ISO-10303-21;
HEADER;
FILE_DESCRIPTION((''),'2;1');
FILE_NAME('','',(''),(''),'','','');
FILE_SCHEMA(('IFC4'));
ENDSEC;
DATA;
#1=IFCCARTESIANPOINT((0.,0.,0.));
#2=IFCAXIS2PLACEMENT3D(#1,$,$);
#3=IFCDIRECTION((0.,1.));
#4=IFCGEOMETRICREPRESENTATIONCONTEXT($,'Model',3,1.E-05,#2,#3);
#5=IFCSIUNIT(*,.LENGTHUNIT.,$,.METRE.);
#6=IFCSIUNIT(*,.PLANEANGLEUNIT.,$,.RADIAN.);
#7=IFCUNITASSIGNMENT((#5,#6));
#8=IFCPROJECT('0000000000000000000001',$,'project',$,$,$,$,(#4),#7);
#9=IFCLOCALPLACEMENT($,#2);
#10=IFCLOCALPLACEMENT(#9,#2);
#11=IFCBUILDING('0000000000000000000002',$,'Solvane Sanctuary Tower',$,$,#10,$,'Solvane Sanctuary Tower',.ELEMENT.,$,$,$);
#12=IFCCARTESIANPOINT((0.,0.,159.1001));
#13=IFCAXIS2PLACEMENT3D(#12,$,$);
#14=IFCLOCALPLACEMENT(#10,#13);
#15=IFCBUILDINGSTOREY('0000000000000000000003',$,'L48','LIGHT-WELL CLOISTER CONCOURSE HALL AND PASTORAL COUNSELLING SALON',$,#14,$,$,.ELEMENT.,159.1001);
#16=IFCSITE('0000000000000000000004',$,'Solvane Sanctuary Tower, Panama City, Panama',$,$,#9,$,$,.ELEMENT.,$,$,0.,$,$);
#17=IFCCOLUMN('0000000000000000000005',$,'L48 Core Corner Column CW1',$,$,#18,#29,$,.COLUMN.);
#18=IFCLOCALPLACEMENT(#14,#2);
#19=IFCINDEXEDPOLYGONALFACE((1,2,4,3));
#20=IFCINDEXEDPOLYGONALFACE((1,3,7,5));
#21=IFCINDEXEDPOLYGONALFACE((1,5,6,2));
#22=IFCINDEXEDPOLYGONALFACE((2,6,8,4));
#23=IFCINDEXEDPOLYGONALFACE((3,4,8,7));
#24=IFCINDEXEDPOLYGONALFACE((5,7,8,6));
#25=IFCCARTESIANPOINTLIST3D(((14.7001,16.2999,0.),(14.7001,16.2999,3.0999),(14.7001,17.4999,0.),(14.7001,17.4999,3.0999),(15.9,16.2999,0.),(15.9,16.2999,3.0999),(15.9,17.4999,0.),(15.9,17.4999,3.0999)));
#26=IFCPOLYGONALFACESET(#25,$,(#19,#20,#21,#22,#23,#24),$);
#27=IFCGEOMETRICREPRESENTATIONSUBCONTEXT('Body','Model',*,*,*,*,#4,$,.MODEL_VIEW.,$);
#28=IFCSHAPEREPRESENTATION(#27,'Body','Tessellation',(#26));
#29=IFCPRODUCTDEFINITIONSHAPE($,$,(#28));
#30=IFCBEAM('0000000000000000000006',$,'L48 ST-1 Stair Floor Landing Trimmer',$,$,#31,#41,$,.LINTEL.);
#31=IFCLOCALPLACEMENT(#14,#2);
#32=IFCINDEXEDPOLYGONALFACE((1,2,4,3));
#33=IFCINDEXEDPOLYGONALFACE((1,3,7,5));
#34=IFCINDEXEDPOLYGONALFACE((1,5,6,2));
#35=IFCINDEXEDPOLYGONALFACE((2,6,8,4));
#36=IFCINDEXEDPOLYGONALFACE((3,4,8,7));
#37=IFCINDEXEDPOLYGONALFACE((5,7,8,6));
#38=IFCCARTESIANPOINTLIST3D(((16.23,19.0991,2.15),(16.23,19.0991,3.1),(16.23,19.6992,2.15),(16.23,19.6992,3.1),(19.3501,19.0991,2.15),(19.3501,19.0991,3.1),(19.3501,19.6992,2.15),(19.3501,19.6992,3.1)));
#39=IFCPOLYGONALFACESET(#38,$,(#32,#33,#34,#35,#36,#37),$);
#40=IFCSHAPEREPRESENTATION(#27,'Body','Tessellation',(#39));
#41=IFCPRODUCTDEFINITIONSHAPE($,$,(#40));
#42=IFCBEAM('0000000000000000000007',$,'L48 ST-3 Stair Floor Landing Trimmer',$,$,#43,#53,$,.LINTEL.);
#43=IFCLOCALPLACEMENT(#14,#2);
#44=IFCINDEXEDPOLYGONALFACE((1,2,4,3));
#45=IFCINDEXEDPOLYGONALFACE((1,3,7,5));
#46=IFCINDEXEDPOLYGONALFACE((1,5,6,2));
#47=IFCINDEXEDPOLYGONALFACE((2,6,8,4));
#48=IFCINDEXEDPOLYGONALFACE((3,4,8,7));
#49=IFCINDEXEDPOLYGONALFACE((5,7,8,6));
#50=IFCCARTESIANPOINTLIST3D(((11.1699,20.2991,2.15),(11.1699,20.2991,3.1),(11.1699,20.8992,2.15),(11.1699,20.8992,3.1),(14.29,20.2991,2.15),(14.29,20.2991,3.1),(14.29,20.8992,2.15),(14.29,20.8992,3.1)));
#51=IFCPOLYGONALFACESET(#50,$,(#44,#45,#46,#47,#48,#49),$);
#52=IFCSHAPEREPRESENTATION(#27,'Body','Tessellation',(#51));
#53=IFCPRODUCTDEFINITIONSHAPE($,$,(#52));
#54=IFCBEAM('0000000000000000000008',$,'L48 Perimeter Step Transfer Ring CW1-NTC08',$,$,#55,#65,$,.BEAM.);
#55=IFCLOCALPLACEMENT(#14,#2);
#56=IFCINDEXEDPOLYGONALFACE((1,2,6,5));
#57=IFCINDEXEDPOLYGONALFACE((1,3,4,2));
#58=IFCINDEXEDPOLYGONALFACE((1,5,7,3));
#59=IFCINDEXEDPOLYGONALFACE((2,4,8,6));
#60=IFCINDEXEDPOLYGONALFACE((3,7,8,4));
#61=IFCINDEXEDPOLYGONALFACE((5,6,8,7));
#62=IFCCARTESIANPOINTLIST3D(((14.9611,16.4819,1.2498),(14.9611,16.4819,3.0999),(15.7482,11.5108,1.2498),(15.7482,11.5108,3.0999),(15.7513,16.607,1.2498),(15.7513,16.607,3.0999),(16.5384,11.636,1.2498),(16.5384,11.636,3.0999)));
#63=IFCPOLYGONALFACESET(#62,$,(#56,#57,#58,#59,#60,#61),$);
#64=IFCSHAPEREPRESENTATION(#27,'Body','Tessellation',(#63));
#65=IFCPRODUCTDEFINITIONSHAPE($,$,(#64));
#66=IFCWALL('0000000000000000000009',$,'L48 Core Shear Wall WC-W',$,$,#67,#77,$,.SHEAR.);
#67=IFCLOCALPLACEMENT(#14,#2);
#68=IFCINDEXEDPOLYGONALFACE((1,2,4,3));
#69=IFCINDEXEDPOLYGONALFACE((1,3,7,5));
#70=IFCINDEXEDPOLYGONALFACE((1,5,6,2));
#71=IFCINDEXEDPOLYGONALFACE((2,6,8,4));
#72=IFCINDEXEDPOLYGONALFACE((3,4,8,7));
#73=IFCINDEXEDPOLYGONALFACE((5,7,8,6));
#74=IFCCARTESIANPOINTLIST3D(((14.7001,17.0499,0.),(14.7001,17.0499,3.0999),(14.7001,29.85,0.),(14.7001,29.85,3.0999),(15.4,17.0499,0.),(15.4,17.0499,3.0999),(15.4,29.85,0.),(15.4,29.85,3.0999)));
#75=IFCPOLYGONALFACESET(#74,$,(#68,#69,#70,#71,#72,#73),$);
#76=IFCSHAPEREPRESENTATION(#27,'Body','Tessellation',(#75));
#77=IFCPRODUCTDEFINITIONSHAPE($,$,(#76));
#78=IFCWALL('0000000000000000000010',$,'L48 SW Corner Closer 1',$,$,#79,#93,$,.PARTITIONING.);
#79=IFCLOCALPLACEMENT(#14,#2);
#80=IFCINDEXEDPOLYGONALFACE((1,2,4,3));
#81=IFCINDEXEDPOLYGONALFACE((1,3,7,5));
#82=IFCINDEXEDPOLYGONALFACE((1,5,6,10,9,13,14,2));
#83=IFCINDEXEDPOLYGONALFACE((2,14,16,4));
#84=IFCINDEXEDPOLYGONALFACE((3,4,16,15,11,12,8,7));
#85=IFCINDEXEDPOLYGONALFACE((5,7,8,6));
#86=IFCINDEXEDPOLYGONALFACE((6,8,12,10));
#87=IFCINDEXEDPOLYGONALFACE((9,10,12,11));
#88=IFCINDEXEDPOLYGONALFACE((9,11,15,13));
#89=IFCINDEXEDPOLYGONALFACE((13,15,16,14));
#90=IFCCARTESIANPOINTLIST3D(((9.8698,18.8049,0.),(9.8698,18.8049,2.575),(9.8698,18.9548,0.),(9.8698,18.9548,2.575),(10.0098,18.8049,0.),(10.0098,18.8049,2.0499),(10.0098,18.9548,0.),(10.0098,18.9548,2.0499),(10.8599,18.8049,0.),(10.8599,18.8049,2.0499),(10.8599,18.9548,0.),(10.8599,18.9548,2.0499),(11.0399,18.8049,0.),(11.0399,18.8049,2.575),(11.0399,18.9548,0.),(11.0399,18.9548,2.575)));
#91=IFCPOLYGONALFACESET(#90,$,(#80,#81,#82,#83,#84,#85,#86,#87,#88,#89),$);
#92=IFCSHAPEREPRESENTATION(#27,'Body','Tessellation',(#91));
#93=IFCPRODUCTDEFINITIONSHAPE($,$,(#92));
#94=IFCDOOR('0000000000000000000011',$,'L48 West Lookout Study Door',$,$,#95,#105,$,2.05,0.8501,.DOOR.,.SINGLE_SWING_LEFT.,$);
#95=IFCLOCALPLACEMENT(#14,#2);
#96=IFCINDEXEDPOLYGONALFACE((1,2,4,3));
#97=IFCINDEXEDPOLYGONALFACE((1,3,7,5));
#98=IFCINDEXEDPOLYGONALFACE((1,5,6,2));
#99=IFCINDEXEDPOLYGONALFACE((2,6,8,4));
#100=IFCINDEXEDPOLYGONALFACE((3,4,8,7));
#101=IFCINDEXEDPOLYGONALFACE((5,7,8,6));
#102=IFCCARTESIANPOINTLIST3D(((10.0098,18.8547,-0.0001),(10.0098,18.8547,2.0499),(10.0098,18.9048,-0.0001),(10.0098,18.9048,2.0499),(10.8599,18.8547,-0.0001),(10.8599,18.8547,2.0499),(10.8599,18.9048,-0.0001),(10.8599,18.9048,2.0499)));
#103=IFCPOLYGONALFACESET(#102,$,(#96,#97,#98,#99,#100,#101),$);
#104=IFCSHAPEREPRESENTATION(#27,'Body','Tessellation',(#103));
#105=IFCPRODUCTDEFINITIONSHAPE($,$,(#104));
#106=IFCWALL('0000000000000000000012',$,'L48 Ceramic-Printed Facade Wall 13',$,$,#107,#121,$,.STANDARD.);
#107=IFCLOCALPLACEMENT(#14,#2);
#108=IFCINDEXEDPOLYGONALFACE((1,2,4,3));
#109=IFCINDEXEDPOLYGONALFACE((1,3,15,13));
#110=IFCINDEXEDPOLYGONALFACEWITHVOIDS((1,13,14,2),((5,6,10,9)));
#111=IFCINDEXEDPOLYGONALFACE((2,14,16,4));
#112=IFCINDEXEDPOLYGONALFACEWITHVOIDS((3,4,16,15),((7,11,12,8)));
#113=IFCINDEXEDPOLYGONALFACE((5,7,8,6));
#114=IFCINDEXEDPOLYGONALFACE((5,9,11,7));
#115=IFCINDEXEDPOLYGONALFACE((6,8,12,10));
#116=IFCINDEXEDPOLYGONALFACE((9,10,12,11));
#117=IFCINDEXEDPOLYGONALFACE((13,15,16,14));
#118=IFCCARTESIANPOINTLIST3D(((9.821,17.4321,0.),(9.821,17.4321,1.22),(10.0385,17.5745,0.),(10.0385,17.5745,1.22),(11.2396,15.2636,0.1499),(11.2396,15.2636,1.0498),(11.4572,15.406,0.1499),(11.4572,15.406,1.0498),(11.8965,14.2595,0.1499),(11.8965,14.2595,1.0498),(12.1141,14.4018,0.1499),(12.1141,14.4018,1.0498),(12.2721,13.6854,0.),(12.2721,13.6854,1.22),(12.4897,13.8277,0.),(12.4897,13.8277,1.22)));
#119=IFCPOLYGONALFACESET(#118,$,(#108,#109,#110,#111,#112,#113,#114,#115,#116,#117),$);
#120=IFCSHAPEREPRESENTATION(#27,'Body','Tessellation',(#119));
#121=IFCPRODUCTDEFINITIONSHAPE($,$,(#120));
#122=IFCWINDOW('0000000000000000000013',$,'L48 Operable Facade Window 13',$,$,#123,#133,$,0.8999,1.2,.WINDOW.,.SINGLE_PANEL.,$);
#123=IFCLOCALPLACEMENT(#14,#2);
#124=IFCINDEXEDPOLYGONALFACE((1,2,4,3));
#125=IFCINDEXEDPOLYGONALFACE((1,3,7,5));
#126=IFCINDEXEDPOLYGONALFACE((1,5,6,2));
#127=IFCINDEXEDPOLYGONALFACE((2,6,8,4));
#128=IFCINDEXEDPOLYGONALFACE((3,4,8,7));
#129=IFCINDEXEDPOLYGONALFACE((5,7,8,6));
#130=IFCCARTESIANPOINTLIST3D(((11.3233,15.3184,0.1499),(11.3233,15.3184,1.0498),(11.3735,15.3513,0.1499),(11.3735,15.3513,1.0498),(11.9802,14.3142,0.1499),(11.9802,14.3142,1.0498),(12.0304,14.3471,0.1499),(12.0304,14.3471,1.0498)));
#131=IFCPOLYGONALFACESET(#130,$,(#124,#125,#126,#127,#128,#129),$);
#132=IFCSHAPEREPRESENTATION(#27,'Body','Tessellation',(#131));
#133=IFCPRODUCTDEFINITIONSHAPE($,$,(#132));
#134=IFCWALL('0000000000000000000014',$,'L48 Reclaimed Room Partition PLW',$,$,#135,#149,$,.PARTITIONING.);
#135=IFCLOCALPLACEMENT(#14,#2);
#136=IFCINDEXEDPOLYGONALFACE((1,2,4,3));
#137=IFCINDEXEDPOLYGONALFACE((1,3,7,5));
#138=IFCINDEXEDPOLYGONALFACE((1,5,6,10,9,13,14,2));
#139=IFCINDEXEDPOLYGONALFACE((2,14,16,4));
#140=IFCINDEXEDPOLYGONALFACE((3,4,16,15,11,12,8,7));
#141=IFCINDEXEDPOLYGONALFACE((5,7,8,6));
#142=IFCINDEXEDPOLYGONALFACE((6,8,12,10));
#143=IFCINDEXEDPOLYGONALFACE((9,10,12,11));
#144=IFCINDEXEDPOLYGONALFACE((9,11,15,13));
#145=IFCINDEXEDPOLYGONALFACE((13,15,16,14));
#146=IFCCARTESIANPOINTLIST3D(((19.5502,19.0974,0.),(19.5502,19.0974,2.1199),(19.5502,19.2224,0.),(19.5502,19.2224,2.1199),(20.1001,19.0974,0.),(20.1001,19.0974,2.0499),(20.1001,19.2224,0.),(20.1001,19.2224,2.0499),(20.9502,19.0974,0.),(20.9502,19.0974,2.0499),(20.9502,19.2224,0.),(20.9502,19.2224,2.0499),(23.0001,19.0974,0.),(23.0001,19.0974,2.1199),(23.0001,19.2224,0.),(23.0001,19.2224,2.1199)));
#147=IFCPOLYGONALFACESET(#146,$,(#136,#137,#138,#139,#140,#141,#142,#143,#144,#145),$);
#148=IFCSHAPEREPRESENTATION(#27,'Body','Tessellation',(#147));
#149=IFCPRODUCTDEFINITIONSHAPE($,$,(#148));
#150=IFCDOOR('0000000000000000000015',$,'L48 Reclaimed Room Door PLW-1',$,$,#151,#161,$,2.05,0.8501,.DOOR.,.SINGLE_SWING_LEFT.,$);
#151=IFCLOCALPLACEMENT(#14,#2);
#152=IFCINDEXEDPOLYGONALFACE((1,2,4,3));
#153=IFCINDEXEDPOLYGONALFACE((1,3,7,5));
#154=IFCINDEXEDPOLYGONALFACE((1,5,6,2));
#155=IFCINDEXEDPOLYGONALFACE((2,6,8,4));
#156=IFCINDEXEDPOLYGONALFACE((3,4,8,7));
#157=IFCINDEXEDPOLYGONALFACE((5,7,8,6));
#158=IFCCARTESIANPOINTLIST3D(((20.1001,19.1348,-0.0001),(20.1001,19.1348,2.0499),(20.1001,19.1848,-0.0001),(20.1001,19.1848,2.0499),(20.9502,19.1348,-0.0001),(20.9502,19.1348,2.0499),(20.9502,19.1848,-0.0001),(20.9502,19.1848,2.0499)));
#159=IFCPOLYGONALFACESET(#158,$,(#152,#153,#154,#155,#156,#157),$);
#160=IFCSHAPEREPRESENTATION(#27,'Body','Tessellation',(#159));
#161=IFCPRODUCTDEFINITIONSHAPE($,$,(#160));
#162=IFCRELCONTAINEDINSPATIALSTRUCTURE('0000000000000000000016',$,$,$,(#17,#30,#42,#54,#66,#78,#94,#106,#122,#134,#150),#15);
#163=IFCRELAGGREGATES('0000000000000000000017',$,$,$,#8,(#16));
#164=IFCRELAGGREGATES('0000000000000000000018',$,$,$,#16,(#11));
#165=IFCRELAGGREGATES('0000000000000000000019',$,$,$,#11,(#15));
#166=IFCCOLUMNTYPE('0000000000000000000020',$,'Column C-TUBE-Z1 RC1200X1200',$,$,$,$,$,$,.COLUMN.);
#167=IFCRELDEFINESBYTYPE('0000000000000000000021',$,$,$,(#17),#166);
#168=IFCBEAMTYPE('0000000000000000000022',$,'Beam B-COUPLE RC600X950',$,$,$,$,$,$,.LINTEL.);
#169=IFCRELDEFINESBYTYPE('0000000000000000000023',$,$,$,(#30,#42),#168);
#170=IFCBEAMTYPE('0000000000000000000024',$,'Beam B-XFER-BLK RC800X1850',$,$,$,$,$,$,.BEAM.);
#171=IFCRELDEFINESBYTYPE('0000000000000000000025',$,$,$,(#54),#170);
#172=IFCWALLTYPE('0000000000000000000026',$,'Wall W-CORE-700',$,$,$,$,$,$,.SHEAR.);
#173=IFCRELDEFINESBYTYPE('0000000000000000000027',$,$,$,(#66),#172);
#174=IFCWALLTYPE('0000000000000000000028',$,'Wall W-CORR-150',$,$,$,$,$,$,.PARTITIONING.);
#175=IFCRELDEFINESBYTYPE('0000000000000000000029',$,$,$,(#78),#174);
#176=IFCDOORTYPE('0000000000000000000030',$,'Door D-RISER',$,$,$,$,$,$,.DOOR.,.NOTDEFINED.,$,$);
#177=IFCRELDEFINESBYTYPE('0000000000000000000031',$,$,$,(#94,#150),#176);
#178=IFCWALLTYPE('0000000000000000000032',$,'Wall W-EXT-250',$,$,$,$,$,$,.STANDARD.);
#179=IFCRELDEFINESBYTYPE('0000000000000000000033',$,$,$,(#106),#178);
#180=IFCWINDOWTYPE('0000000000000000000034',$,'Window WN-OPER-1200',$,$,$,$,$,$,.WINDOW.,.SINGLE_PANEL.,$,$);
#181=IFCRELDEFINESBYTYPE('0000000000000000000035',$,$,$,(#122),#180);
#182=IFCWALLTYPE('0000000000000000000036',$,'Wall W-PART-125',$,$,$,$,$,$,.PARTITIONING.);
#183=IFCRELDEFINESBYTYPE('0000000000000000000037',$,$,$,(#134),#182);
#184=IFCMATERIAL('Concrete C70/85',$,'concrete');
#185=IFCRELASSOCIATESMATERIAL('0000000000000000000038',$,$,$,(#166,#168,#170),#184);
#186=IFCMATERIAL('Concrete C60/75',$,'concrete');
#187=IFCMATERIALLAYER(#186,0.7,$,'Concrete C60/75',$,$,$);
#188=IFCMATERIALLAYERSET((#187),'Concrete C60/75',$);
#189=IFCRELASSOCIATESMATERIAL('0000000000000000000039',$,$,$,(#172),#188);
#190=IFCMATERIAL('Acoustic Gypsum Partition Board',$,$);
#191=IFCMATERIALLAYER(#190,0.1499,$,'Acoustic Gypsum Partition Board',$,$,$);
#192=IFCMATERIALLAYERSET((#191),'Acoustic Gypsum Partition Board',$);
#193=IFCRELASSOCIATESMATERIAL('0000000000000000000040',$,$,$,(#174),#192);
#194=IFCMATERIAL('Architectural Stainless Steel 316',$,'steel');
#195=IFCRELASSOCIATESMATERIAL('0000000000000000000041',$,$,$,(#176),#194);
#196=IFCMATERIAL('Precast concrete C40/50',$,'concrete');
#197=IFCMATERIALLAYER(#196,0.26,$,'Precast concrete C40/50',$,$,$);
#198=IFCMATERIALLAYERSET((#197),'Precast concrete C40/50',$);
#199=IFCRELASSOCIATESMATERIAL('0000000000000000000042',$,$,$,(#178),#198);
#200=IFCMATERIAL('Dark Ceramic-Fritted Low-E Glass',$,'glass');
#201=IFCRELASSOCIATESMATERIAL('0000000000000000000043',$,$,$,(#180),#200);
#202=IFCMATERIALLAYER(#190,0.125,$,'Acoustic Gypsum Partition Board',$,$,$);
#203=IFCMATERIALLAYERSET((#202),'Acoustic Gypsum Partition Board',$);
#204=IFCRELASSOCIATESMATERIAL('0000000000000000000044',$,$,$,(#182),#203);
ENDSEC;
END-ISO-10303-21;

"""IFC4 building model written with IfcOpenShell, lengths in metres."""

from ifc_helpers import new_model, si_unit, direction, frame, frame_2d, origin, origin_2d, place, context, subcontext, project, spatial, rectangle, extrude, material, layer, layer_set, material_profile, profile_set, type_object, element, fill, save


model = new_model("IFC4")

# Units and contexts
model_context = context("Model", 3, precision=1e-05, world=origin(), true_north=direction((0.0, 1.0)))
body_context = subcontext(model_context, "Body", "Model", "MODEL_VIEW")
ifc_project = project(units=[si_unit("LENGTHUNIT", "METRE"), si_unit("PLANEANGLEUNIT", "RADIAN")], contexts=[model_context])

# Site, building, storey
site_placement = place(None, origin())
site = spatial("IfcSite", under=ifc_project, at=site_placement, Name="Solvane Sanctuary Tower, Panama City, Panama", CompositionType="ELEMENT", RefElevation=0.0)
building_placement = place(site_placement, origin())
building = spatial("IfcBuilding", under=site, at=building_placement, Name="Solvane Sanctuary Tower", LongName="Solvane Sanctuary Tower", CompositionType="ELEMENT")
storey_placement = place(building_placement, frame((0.0, 0.0, 159.1001)))
storey = spatial("IfcBuildingStorey", under=building, at=storey_placement, Name="L48", Description="LIGHT-WELL CLOISTER CONCOURSE HALL AND PASTORAL COUNSELLING SALON", CompositionType="ELEMENT", Elevation=159.1001)

# Column
ifc_material_1 = material(Name="Concrete C70/85", Category="concrete")
ifc_material_profile_1 = material_profile(ifc_material_1, rectangle(XDim=1.2, YDim=1.2, at=origin_2d()), Name="RC1200X1200")
ifc_profile_set_1 = profile_set([ifc_material_profile_1], Name="Concrete C70/85")
column_type = type_object("IfcColumnType", Name="Column C-TUBE-Z1 RC1200X1200", PredefinedType="COLUMN", material=ifc_profile_set_1)
column_placement = place(storey_placement, frame((15.3, 16.8999, 0.0), z_axis=(0.0, 0.0, 1.0), x_axis=(1.0, 0.0, 0.0)))
element("IfcColumn", 1, at=column_placement, inside=storey, type_object=column_type, Name="L48 Core Corner Column CW1", PredefinedType="COLUMN", context=body_context, shape_type="SweptSolid", body=[
    extrude(rectangle(XDim=1.2, YDim=1.2, at=origin_2d()), origin(), (0.0, 0.0, 1.0), 3.0999),
])

# Beams
ifc_material_profile_2 = material_profile(ifc_material_1, rectangle(XDim=0.6001, YDim=0.95, at=origin_2d()), Name="RC600X950")
ifc_profile_set_2 = profile_set([ifc_material_profile_2], Name="Concrete C70/85")
beam_type_1 = type_object("IfcBeamType", Name="Beam B-COUPLE RC600X950", PredefinedType="LINTEL", material=ifc_profile_set_2)
for number, where, z_axis, x_axis, name in (
    (2, (16.23, 19.3992, 2.625), (1.0, 0.0, 0.0), (0.0, 1.0, 0.0), "L48 ST-1 Stair Floor Landing Trimmer"),
    (3, (11.1699, 20.5991, 2.625), (1.0, 0.0, 0.0), (0.0, 1.0, 0.0), "L48 ST-3 Stair Floor Landing Trimmer"),
):
    element("IfcBeam", number, at=place(storey_placement, frame(where, z_axis=z_axis, x_axis=x_axis)), inside=storey, type_object=beam_type_1, Name=name, PredefinedType="LINTEL", context=body_context, shape_type="SweptSolid", body=[
        extrude(rectangle(XDim=0.6001, YDim=0.95, at=origin_2d()), origin(), (0.0, 0.0, 1.0), 3.1201),
    ])
ifc_material_profile_3 = material_profile(ifc_material_1, rectangle(XDim=0.8, YDim=1.8501, at=origin_2d()), Name="RC800X1850")
ifc_profile_set_3 = profile_set([ifc_material_profile_3], Name="Concrete C70/85")
beam_type_2 = type_object("IfcBeamType", Name="Beam B-XFER-BLK RC800X1850", PredefinedType="BEAM", material=ifc_profile_set_3)
beam_placement = place(storey_placement, frame((15.3562, 16.5444, 2.1748), z_axis=(0.156394, -0.987695, 0.0), x_axis=(0.987695, 0.156394, 0.0)))
element("IfcBeam", 4, at=beam_placement, inside=storey, type_object=beam_type_2, Name="L48 Perimeter Step Transfer Ring CW1-NTC08", PredefinedType="BEAM", context=body_context, shape_type="SweptSolid", body=[
    extrude(rectangle(XDim=0.8, YDim=1.8501, at=origin_2d()), origin(), (0.0, 0.0, 1.0), 5.033),
])

# Wall
ifc_material_2 = material(Name="Concrete C60/75", Category="concrete")
ifc_layer_1 = layer(ifc_material_2, 0.7, Name="Concrete C60/75")
ifc_layer_set_1 = layer_set([ifc_layer_1], Name="Concrete C60/75")
wall_type_1 = type_object("IfcWallType", Name="Wall W-CORE-700", PredefinedType="SHEAR", material=ifc_layer_set_1)
wall_1_placement = place(storey_placement, frame((15.05, 17.05, 0.0), z_axis=(0.0, 0.0, 1.0), x_axis=(0.0, 1.0, 0.0)))
element("IfcWall", 5, at=wall_1_placement, inside=storey, type_object=wall_type_1, Name="L48 Core Shear Wall WC-W", PredefinedType="SHEAR", context=body_context, shape_type="SweptSolid", body=[
    extrude(rectangle(XDim=12.8, YDim=0.7, at=frame_2d((6.3999, 0.0))), origin(), (0.0, 0.0, 1.0), 3.0999),
])

# Wall, opening, door
ifc_material_3 = material(Name="Acoustic Gypsum Partition Board")
ifc_layer_2 = layer(ifc_material_3, 0.1499, Name="Acoustic Gypsum Partition Board")
ifc_layer_set_2 = layer_set([ifc_layer_2], Name="Acoustic Gypsum Partition Board")
wall_type_2 = type_object("IfcWallType", Name="Wall W-CORR-150", PredefinedType="PARTITIONING", material=ifc_layer_set_2)
wall_2_placement = place(storey_placement, frame((9.8699, 18.8799, 0.0), z_axis=(0.0, 0.0, 1.0), x_axis=(1.0, 0.0, 0.0)))
wall_2 = element("IfcWall", 6, at=wall_2_placement, inside=storey, type_object=wall_type_2, Name="L48 SW Corner Closer 1", PredefinedType="PARTITIONING", context=body_context, shape_type="SweptSolid", body=[
    extrude(rectangle(XDim=1.1702, YDim=0.1499, at=frame_2d((0.585, 0.0))), origin(), (0.0, 0.0, 1.0), 2.575),
])
opening_1_placement = place(wall_2_placement, frame((0.1399, 0.0, 0.0)))
opening_1 = element("IfcOpeningElement", 7, at=opening_1_placement, cuts=wall_2, PredefinedType="OPENING", context=body_context, shape_type="SweptSolid", body=[
    extrude(rectangle(XDim=0.8501, YDim=2.05, at=frame_2d((0.425, 1.0249))), frame((0.0, 0.085, 0.0), z_axis=(0.0, -1.0, 0.0), x_axis=(1.0, 0.0, 0.0)), (0.0, 0.0, 1.0), 0.1699),
])
ifc_material_4 = material(Name="Architectural Stainless Steel 316", Category="steel")
door_type_1 = type_object("IfcDoorType", Name="Door D-RISER", OperationType="NOTDEFINED", PredefinedType="DOOR", material=ifc_material_4)
door_1_placement = place(opening_1_placement, origin())
door_1 = element("IfcDoor", 8, at=door_1_placement, inside=storey, type_object=door_type_1, Name="L48 West Lookout Study Door", OperationType="SINGLE_SWING_LEFT", OverallHeight=2.05, OverallWidth=0.8501, PredefinedType="DOOR", context=body_context, shape_type="SweptSolid", body=[
    extrude(rectangle(XDim=0.8501, YDim=2.05, at=frame_2d((0.425, 1.0249))), frame((0.0, 0.0249, 0.0), z_axis=(0.0, -1.0, 0.0), x_axis=(1.0, 0.0, 0.0)), (0.0, 0.0, 1.0), 0.05),
])
fill(opening_1, door_1)

# Wall, opening, window
ifc_material_5 = material(Name="Precast concrete C40/50", Category="concrete")
ifc_layer_3 = layer(ifc_material_5, 0.26, Name="Precast concrete C40/50")
ifc_layer_set_3 = layer_set([ifc_layer_3], Name="Precast concrete C40/50")
wall_type_3 = type_object("IfcWallType", Name="Wall W-EXT-250", PredefinedType="STANDARD", material=ifc_layer_set_3)
wall_3_placement = place(storey_placement, frame((9.9297, 17.5034, 0.0), z_axis=(0.0, 0.0, 1.0), x_axis=(0.547456, -0.836834, 0.0)))
wall_3 = element("IfcWall", 9, at=wall_3_placement, inside=storey, type_object=wall_type_3, Name="L48 Ceramic-Printed Facade Wall 13", PredefinedType="STANDARD", context=body_context, shape_type="SweptSolid", body=[
    extrude(rectangle(XDim=4.4773, YDim=0.26, at=frame_2d((2.2388, 0.0))), origin(), (0.0, 0.0, 1.0), 1.22),
])
opening_2_placement = place(wall_3_placement, frame((2.5913, 0.0, 0.1499)))
opening_2 = element("IfcOpeningElement", 10, at=opening_2_placement, cuts=wall_3, PredefinedType="OPENING", context=body_context, shape_type="SweptSolid", body=[
    extrude(rectangle(XDim=1.2, YDim=0.8999, at=frame_2d((0.6001, 0.45))), frame((0.0, 0.1399, 0.0), z_axis=(0.0, -1.0, 0.0), x_axis=(1.0, 0.0, 0.0)), (0.0, 0.0, 1.0), 0.28),
])
ifc_material_6 = material(Name="Dark Ceramic-Fritted Low-E Glass", Category="glass")
window_type = type_object("IfcWindowType", Name="Window WN-OPER-1200", PartitioningType="SINGLE_PANEL", PredefinedType="WINDOW", material=ifc_material_6)
window_placement = place(opening_2_placement, origin())
window = element("IfcWindow", 11, at=window_placement, inside=storey, type_object=window_type, Name="L48 Operable Facade Window 13", OverallHeight=0.8999, OverallWidth=1.2, PartitioningType="SINGLE_PANEL", PredefinedType="WINDOW", context=body_context, shape_type="SweptSolid", body=[
    extrude(rectangle(XDim=1.2, YDim=0.8999, at=frame_2d((0.6001, 0.45))), frame((0.0, 0.03, 0.0), z_axis=(0.0, -1.0, 0.0), x_axis=(1.0, 0.0, 0.0)), (0.0, 0.0, 1.0), 0.0601),
])
fill(opening_2, window)

# Wall, opening, door
ifc_layer_4 = layer(ifc_material_3, 0.125, Name="Acoustic Gypsum Partition Board")
ifc_layer_set_4 = layer_set([ifc_layer_4], Name="Acoustic Gypsum Partition Board")
wall_type_4 = type_object("IfcWallType", Name="Wall W-PART-125", PredefinedType="PARTITIONING", material=ifc_layer_set_4)
wall_4_placement = place(storey_placement, frame((19.55, 19.1599, 0.0), z_axis=(0.0, 0.0, 1.0), x_axis=(1.0, 0.0, 0.0)))
wall_4 = element("IfcWall", 12, at=wall_4_placement, inside=storey, type_object=wall_type_4, Name="L48 Reclaimed Room Partition PLW", PredefinedType="PARTITIONING", context=body_context, shape_type="SweptSolid", body=[
    extrude(rectangle(XDim=3.45, YDim=0.125, at=frame_2d((1.7251, 0.0))), origin(), (0.0, 0.0, 1.0), 2.1199),
])
opening_3_placement = place(wall_4_placement, frame((0.55, 0.0, 0.0)))
opening_3 = element("IfcOpeningElement", 13, at=opening_3_placement, cuts=wall_4, PredefinedType="OPENING", context=body_context, shape_type="SweptSolid", body=[
    extrude(rectangle(XDim=0.8501, YDim=2.05, at=frame_2d((0.425, 1.0249))), frame((0.0, 0.0725, 0.0), z_axis=(0.0, -1.0, 0.0), x_axis=(1.0, 0.0, 0.0)), (0.0, 0.0, 1.0), 0.145),
])
door_2_placement = place(opening_3_placement, origin())
door_2 = element("IfcDoor", 14, at=door_2_placement, inside=storey, type_object=door_type_1, Name="L48 Reclaimed Room Door PLW-1", OperationType="SINGLE_SWING_LEFT", OverallHeight=2.05, OverallWidth=0.8501, PredefinedType="DOOR", context=body_context, shape_type="SweptSolid", body=[
    extrude(rectangle(XDim=0.8501, YDim=2.05, at=frame_2d((0.425, 1.0249))), frame((0.0, 0.0249, 0.0), z_axis=(0.0, -1.0, 0.0), x_axis=(1.0, 0.0, 0.0)), (0.0, 0.0, 1.0), 0.05),
])
fill(opening_3, door_2)

save(model, "model.ifc")
